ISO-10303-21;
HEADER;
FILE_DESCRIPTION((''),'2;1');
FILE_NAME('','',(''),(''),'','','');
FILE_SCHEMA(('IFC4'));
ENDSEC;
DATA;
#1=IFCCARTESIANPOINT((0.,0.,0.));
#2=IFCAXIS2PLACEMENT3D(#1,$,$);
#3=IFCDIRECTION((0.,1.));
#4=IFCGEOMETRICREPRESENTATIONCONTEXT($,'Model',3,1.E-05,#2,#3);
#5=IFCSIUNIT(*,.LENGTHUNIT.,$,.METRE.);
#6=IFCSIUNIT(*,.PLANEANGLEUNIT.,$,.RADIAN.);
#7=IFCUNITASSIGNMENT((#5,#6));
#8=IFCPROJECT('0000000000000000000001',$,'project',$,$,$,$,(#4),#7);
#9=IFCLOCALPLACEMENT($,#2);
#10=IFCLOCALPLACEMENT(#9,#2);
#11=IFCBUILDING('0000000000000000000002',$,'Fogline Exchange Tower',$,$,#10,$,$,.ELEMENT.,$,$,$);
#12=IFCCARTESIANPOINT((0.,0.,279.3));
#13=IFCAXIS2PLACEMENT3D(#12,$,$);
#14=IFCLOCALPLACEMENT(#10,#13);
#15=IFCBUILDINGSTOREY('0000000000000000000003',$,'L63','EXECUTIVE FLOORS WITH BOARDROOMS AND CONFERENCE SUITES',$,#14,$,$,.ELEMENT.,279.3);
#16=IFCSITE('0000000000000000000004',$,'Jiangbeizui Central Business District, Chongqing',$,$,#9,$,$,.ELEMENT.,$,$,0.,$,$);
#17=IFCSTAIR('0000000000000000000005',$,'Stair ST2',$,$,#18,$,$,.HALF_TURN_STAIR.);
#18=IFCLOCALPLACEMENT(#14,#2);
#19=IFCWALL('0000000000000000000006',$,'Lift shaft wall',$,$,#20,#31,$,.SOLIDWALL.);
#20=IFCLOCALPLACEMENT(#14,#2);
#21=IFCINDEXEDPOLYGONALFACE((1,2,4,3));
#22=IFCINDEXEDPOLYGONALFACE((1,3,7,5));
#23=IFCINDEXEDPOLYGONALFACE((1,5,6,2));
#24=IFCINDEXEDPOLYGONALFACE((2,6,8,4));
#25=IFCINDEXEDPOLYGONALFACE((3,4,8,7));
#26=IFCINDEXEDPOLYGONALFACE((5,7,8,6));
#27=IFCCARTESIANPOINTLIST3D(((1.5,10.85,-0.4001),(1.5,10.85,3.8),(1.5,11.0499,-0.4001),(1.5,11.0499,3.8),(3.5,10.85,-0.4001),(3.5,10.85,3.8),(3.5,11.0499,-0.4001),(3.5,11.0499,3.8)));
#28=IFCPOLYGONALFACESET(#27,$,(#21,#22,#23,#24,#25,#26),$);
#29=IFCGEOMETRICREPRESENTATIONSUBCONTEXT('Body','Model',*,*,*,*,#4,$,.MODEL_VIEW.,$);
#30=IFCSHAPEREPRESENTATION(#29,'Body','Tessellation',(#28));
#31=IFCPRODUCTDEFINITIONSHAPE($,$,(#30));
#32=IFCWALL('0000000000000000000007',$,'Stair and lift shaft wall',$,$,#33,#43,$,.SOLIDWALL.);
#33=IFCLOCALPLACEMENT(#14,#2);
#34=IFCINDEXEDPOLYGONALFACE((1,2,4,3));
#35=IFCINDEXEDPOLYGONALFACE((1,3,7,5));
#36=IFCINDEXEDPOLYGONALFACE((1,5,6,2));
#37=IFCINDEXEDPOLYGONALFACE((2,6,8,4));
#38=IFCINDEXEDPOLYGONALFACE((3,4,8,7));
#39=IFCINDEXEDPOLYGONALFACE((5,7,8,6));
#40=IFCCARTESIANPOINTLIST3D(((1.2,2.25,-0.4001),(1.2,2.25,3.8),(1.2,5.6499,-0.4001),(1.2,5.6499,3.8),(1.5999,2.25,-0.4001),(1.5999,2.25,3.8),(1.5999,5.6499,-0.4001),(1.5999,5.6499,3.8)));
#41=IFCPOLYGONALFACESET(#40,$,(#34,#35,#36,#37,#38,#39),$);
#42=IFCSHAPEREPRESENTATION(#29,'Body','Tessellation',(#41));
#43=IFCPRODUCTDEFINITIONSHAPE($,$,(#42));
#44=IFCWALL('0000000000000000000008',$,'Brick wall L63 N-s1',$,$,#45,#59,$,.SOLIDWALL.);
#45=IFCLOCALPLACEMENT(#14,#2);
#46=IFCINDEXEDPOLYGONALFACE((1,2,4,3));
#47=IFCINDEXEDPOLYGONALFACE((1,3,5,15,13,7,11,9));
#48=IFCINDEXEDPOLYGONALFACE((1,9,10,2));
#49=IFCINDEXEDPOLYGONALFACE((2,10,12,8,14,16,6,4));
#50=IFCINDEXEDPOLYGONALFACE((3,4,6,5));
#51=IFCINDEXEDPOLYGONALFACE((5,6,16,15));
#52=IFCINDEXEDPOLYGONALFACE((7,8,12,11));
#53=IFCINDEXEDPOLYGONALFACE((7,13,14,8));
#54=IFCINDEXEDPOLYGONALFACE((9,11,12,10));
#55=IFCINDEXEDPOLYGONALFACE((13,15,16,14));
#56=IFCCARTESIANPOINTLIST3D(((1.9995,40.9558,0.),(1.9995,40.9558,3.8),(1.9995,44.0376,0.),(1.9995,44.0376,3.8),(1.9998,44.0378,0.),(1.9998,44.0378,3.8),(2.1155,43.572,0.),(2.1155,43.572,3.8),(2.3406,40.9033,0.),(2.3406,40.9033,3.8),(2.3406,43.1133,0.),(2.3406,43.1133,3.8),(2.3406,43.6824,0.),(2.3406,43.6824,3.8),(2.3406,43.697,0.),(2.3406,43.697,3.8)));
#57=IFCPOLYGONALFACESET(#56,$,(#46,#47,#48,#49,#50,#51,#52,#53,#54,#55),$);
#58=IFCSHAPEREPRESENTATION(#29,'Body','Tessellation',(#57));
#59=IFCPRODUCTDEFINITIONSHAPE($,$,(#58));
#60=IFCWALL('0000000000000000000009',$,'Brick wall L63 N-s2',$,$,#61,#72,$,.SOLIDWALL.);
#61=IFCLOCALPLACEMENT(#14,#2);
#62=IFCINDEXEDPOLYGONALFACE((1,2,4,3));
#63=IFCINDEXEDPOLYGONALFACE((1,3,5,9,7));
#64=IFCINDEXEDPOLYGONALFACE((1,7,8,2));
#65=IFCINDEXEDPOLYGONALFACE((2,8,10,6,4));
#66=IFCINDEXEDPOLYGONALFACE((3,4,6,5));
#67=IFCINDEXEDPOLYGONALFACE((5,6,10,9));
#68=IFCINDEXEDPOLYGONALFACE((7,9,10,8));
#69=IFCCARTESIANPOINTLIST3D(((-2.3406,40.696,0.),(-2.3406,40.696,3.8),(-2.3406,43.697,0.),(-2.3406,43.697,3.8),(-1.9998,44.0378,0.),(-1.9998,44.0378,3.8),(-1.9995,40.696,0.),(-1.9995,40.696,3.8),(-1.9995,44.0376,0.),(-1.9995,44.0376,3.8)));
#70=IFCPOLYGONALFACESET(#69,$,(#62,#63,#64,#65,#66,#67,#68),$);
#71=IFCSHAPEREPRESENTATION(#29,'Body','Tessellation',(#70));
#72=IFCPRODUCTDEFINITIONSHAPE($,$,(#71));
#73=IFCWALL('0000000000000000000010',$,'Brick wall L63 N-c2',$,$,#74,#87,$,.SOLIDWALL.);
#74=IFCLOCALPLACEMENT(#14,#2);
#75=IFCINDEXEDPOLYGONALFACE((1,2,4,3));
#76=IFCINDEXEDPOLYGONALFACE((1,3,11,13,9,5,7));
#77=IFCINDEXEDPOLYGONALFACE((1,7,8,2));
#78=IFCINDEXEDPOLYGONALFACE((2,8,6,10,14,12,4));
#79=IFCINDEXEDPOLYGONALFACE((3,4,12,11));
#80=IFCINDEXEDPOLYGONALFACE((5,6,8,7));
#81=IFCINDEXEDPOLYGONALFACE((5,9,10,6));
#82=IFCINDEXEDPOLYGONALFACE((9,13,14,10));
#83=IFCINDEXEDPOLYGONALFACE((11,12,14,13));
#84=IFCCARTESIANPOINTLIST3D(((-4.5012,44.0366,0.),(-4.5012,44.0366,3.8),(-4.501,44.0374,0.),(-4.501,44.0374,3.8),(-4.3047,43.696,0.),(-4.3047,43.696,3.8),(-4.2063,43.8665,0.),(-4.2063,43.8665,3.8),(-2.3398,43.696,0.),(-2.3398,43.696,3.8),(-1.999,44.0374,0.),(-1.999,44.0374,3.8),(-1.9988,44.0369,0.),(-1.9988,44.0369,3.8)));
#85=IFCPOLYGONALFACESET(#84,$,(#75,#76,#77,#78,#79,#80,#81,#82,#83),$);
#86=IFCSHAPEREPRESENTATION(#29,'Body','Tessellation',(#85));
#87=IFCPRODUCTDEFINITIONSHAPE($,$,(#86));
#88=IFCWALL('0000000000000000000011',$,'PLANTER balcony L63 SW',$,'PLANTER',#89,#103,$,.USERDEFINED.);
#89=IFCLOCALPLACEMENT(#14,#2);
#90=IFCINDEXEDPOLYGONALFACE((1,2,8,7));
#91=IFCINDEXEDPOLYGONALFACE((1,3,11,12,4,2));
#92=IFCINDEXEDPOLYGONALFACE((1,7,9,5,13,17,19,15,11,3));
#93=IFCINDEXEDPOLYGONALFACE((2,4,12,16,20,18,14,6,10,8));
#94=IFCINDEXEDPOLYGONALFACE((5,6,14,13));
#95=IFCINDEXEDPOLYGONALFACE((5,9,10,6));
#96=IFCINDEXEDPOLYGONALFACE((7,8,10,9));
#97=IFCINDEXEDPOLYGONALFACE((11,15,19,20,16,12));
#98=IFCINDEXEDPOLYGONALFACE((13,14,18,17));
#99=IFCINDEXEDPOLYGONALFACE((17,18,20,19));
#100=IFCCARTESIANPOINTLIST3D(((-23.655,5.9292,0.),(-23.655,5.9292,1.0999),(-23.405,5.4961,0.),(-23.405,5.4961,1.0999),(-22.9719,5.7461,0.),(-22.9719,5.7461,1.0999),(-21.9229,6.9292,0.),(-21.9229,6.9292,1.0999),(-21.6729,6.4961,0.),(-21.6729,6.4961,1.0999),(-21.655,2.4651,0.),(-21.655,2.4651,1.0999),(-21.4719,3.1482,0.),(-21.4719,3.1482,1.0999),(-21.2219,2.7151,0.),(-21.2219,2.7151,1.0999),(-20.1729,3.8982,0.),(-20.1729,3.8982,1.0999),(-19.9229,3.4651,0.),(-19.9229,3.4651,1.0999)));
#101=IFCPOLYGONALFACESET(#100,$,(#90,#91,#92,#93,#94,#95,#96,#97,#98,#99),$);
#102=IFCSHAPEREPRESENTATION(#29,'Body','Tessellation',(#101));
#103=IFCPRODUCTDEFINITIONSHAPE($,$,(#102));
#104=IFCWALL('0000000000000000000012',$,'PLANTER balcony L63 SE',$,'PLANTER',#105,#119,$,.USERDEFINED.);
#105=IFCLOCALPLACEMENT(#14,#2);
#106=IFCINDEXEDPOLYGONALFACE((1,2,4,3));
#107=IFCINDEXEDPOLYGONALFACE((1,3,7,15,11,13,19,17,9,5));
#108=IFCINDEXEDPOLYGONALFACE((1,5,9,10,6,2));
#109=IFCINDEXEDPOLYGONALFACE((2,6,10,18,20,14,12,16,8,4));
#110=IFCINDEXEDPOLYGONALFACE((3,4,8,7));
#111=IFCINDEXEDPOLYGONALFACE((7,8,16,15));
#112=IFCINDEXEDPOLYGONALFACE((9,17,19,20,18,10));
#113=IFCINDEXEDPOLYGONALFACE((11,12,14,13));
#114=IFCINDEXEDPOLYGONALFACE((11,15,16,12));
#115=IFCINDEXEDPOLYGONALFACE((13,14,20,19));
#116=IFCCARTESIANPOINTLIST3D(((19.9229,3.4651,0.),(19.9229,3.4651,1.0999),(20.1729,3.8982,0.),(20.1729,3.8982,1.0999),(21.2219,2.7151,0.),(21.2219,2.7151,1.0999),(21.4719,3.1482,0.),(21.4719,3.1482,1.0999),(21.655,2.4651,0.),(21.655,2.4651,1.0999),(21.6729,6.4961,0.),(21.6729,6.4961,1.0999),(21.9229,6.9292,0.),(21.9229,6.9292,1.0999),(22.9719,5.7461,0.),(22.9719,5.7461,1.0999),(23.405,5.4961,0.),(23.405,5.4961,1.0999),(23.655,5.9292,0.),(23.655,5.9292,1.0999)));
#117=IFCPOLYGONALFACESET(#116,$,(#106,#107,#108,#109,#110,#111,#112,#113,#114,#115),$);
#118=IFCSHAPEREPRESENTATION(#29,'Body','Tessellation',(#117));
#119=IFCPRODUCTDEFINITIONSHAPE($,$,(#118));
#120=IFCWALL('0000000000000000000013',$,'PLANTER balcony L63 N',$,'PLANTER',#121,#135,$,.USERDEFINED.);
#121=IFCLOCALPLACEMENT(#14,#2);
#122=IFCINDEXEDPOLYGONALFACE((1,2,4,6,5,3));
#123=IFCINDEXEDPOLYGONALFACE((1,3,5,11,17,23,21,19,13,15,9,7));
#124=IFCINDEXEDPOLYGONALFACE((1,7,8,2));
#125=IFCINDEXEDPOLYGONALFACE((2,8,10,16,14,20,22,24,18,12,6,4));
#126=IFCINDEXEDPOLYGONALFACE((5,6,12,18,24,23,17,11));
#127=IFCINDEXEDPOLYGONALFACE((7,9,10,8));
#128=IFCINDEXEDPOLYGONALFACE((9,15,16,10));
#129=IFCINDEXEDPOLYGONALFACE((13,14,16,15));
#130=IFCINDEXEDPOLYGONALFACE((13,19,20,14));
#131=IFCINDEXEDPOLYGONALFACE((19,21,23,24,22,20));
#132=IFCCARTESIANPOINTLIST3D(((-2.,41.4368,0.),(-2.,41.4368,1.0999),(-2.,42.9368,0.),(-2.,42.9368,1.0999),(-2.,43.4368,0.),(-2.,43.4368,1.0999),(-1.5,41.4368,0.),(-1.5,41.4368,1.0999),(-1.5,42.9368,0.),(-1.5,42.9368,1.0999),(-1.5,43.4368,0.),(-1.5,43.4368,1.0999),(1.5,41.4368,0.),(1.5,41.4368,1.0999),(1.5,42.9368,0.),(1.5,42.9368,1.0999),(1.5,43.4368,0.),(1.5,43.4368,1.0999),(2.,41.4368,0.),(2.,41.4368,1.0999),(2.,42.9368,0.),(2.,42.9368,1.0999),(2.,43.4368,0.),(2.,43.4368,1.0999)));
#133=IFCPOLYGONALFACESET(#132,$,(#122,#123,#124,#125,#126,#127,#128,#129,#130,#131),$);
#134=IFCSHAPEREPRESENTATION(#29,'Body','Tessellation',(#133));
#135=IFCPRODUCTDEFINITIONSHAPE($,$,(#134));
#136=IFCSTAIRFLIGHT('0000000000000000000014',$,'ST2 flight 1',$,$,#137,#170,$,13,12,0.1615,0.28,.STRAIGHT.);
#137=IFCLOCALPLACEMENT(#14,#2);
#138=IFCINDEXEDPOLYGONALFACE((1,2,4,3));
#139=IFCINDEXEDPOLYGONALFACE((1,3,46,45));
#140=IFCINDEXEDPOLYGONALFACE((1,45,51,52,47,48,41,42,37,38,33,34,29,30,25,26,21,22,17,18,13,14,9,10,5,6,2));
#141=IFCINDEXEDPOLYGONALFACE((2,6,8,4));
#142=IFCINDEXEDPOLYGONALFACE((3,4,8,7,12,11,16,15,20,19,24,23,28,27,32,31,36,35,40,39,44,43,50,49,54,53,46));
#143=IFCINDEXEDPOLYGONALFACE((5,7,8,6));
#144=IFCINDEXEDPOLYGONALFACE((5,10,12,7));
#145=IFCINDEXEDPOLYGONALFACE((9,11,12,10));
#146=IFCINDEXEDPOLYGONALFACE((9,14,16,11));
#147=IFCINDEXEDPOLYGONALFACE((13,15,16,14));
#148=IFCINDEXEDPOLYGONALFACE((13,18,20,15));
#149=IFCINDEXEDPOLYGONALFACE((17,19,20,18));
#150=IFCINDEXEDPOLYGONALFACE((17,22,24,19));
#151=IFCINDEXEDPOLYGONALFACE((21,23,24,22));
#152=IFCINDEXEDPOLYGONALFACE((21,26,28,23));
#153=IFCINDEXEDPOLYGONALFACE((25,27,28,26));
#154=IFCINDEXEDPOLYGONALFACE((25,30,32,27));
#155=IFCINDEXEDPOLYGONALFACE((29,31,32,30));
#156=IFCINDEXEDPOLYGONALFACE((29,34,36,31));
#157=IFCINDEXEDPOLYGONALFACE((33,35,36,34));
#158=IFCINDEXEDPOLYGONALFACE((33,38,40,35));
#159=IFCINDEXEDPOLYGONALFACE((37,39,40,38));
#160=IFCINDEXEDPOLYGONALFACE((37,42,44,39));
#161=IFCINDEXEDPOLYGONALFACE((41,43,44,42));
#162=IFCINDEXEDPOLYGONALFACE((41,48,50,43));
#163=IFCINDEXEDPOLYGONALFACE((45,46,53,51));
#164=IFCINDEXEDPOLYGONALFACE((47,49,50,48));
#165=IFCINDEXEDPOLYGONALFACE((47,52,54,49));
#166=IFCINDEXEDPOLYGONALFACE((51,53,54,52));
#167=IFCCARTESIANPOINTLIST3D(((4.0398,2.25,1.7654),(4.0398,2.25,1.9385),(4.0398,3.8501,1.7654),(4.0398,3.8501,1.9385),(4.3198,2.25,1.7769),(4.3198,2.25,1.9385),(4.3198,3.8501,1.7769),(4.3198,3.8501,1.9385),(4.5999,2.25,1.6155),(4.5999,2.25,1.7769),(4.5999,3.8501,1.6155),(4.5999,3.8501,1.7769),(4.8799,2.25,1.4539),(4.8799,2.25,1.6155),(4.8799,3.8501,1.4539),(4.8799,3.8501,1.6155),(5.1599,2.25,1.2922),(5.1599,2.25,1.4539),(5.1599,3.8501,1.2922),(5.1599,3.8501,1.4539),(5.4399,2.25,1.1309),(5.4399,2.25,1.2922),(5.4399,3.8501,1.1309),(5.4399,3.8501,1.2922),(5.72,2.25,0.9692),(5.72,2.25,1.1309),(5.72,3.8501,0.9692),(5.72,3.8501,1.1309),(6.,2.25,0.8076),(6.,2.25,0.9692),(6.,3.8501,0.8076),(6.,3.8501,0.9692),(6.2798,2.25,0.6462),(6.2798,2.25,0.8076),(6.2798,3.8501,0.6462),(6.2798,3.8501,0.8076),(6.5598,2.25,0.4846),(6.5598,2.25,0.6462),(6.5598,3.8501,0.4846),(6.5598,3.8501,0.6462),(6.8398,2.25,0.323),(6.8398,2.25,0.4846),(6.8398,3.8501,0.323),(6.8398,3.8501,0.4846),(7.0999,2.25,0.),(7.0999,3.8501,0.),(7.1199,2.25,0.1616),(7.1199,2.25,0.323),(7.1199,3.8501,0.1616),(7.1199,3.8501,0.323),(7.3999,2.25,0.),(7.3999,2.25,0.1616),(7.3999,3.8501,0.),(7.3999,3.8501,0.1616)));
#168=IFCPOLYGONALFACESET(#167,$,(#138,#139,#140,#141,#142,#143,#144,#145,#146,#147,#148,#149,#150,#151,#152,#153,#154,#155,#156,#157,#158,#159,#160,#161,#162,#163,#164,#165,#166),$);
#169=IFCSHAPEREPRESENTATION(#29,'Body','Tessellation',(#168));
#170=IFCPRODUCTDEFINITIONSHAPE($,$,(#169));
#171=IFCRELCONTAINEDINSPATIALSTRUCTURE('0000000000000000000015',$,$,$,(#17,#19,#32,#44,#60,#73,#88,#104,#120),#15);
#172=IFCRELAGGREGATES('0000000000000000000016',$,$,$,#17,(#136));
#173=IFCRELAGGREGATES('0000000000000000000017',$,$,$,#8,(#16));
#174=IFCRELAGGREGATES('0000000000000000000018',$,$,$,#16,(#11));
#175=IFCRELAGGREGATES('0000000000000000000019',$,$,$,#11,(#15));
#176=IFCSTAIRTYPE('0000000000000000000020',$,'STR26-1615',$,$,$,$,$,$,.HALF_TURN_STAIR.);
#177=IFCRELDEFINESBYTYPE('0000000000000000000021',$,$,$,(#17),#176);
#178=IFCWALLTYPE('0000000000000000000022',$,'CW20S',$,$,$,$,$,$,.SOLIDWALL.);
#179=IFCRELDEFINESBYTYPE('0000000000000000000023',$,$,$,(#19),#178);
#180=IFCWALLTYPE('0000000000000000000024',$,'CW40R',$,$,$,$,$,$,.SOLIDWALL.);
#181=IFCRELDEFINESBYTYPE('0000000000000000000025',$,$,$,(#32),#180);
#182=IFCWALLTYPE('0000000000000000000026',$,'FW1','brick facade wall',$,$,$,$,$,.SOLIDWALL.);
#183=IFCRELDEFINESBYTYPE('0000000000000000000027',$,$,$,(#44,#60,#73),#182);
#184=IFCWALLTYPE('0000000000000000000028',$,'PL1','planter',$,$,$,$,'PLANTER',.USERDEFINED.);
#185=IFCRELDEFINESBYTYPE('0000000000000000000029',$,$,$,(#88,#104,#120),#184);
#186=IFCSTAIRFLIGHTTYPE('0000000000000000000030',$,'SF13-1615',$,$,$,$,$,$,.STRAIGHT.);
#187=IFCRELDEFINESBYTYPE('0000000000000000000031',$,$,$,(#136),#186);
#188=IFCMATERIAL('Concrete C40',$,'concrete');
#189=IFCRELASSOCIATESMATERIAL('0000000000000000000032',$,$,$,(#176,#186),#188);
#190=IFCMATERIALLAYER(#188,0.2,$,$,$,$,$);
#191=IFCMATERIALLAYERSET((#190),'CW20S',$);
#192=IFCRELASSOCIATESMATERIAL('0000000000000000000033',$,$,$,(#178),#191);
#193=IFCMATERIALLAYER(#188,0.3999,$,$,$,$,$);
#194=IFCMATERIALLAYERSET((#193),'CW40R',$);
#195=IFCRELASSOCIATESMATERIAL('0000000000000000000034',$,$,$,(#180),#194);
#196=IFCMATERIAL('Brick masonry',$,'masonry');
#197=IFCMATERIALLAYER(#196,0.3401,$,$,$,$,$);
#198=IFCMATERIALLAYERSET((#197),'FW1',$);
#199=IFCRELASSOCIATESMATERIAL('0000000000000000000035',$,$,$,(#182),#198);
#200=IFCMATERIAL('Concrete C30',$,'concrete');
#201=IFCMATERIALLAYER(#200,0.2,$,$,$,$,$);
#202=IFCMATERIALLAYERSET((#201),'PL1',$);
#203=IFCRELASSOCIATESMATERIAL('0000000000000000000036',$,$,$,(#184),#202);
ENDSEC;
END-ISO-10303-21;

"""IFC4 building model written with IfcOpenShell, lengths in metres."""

from ifc_helpers import new_model, si_unit, direction, frame, frame_2d, origin, place, context, subcontext, project, spatial, polyline, rectangle, outline, extrude, material, layer, layer_set, type_object, element, aggregate, save


model = new_model("IFC4")

# Units and contexts
model_context = context("Model", 3, precision=1e-05, world=origin(), true_north=direction((0.0, 1.0)))
body_context = subcontext(model_context, "Body", "Model", "MODEL_VIEW")
ifc_project = project(units=[si_unit("LENGTHUNIT", "METRE"), si_unit("PLANEANGLEUNIT", "RADIAN")], contexts=[model_context])

# Site, building, storey
site_placement = place(None, origin())
site = spatial("IfcSite", under=ifc_project, at=site_placement, Name="Jiangbeizui Central Business District, Chongqing", CompositionType="ELEMENT", RefElevation=0.0)
building_placement = place(site_placement, origin())
building = spatial("IfcBuilding", under=site, at=building_placement, Name="Fogline Exchange Tower", CompositionType="ELEMENT")
storey_placement = place(building_placement, frame((0.0, 0.0, 279.3)))
storey = spatial("IfcBuildingStorey", under=building, at=storey_placement, Name="L63", Description="EXECUTIVE FLOORS WITH BOARDROOMS AND CONFERENCE SUITES", CompositionType="ELEMENT", Elevation=279.3)

# Shared definitions
ifc_material_1 = material(Name="Concrete C40", Category="concrete")

# Stair
stair_type = type_object("IfcStairType", Name="STR26-1615", PredefinedType="HALF_TURN_STAIR", material=ifc_material_1)
stair_1_placement = place(storey_placement, origin())
stair_1 = element("IfcStair", 1, at=stair_1_placement, inside=storey, type_object=stair_type, Name="Stair ST2", PredefinedType="HALF_TURN_STAIR")

# Shared definitions
ifc_layer_1 = layer(ifc_material_1, 0.2)
ifc_layer_set_1 = layer_set([ifc_layer_1], Name="CW20S")
wall_type_1 = type_object("IfcWallType", Name="CW20S", PredefinedType="SOLIDWALL", material=ifc_layer_set_1)

# Walls
wall_1_placement = place(storey_placement, frame((1.5, 10.95, -0.4001), z_axis=(0.0, 0.0, 1.0), x_axis=(1.0, 0.0, 0.0)))
element("IfcWall", 2, at=wall_1_placement, inside=storey, type_object=wall_type_1, Name="Lift shaft wall", PredefinedType="SOLIDWALL", context=body_context, shape_type="SweptSolid", body=[
    extrude(rectangle(XDim=2.0, YDim=0.2, at=frame_2d((1.0, 0.0))), origin(), (0.0, 0.0, 1.0), 4.2002),
])
ifc_layer_2 = layer(ifc_material_1, 0.3999)
ifc_layer_set_2 = layer_set([ifc_layer_2], Name="CW40R")
wall_type_2 = type_object("IfcWallType", Name="CW40R", PredefinedType="SOLIDWALL", material=ifc_layer_set_2)
wall_2_placement = place(storey_placement, frame((1.3999, 2.25, -0.4001), z_axis=(0.0, 0.0, 1.0), x_axis=(0.0, 1.0, 0.0)))
element("IfcWall", 3, at=wall_2_placement, inside=storey, type_object=wall_type_2, Name="Stair and lift shaft wall", PredefinedType="SOLIDWALL", context=body_context, shape_type="SweptSolid", body=[
    extrude(rectangle(XDim=3.3999, YDim=0.3999, at=frame_2d((1.7, 0.0))), origin(), (0.0, 0.0, 1.0), 4.2002),
])
ifc_material_2 = material(Name="Brick masonry", Category="masonry")
ifc_layer_3 = layer(ifc_material_2, 0.3401)
ifc_layer_set_3 = layer_set([ifc_layer_3], Name="FW1")
wall_type_3 = type_object("IfcWallType", Name="FW1", Description="brick facade wall", PredefinedType="SOLIDWALL", material=ifc_layer_set_3)
wall_3_placement = place(storey_placement, origin())
element("IfcWall", 4, at=wall_3_placement, inside=storey, type_object=wall_type_3, Name="Brick wall L63 N-s1", PredefinedType="SOLIDWALL", context=body_context, shape_type="SweptSolid", body=[
    extrude(outline(polyline([(1.9995, 44.0376), (1.9998, 44.0378), (2.3406, 43.697), (2.3406, 43.6824), (2.1155, 43.572), (2.3406, 43.1133), (2.3406, 40.9033), (1.9995, 40.9558), (1.9995, 44.0376)])), origin(), (0.0, 0.0, 1.0), 3.8),
])
wall_4_placement = place(storey_placement, origin())
element("IfcWall", 5, at=wall_4_placement, inside=storey, type_object=wall_type_3, Name="Brick wall L63 N-s2", PredefinedType="SOLIDWALL", context=body_context, shape_type="SweptSolid", body=[
    extrude(outline(polyline([(-1.9995, 44.0376), (-1.9995, 40.696), (-2.3406, 40.696), (-2.3406, 43.697), (-1.9998, 44.0378), (-1.9995, 44.0376)])), origin(), (0.0, 0.0, 1.0), 3.8),
])
wall_5_placement = place(storey_placement, origin())
element("IfcWall", 6, at=wall_5_placement, inside=storey, type_object=wall_type_3, Name="Brick wall L63 N-c2", PredefinedType="SOLIDWALL", context=body_context, shape_type="SweptSolid", body=[
    extrude(outline(polyline([(-4.3047, 43.696), (-4.2063, 43.8665), (-4.5012, 44.0366), (-4.501, 44.0374), (-1.999, 44.0374), (-1.9988, 44.0369), (-2.3398, 43.696), (-4.3047, 43.696)])), origin(), (0.0, 0.0, 1.0), 3.8),
])
ifc_material_3 = material(Name="Concrete C30", Category="concrete")
ifc_layer_4 = layer(ifc_material_3, 0.2)
ifc_layer_set_4 = layer_set([ifc_layer_4], Name="PL1")
wall_type_4 = type_object("IfcWallType", Name="PL1", Description="planter", ElementType="PLANTER", PredefinedType="USERDEFINED", material=ifc_layer_set_4)
wall_6_placement = place(storey_placement, origin())
element("IfcWall", 7, at=wall_6_placement, inside=storey, type_object=wall_type_4, Name="PLANTER balcony L63 SW", ObjectType="PLANTER", PredefinedType="USERDEFINED", context=body_context, shape_type="SweptSolid", body=[
    extrude(outline(polyline([(-20.1729, 3.8982), (-21.4719, 3.1482), (-22.9719, 5.7461), (-21.6729, 6.4961), (-21.9229, 6.9292), (-23.655, 5.9292), (-23.405, 5.4961), (-21.655, 2.4651), (-21.2219, 2.7151), (-21.2219, 2.7151), (-19.9229, 3.4651), (-20.1729, 3.8982)])), origin(), (0.0, 0.0, 1.0), 1.0999),
])
wall_7_placement = place(storey_placement, origin())
element("IfcWall", 8, at=wall_7_placement, inside=storey, type_object=wall_type_4, Name="PLANTER balcony L63 SE", ObjectType="PLANTER", PredefinedType="USERDEFINED", context=body_context, shape_type="SweptSolid", body=[
    extrude(outline(polyline([(19.9229, 3.4651), (21.2219, 2.7151), (21.2219, 2.7151), (21.655, 2.4651), (23.405, 5.4961), (23.655, 5.9292), (21.9229, 6.9292), (21.6729, 6.4961), (22.9719, 5.7461), (21.4719, 3.1482), (20.1729, 3.8982), (19.9229, 3.4651)])), origin(), (0.0, 0.0, 1.0), 1.0999),
])
wall_8_placement = place(storey_placement, origin())
element("IfcWall", 9, at=wall_8_placement, inside=storey, type_object=wall_type_4, Name="PLANTER balcony L63 N", ObjectType="PLANTER", PredefinedType="USERDEFINED", context=body_context, shape_type="SweptSolid", body=[
    extrude(outline(polyline([(-1.5, 43.4368), (-2.0, 43.4368), (-2.0, 42.9368), (-2.0, 41.4368), (-1.5, 41.4368), (-1.5, 42.9368), (1.5, 42.9368), (1.5, 41.4368), (2.0, 41.4368), (2.0, 42.9368), (2.0, 43.4368), (1.5, 43.4368), (-1.5, 43.4368)])), origin(), (0.0, 0.0, 1.0), 1.0999),
])

# Stair flight
stair_flight_type = type_object("IfcStairFlightType", Name="SF13-1615", PredefinedType="STRAIGHT", material=ifc_material_1)
stair_flight_1_placement = place(storey_placement, frame((7.3999, 3.05, 0.0), z_axis=(0.0, 0.0, 1.0), x_axis=(-1.0, 0.0, 0.0)))
stair_flight_1 = element("IfcStairFlight", 10, at=stair_flight_1_placement, type_object=stair_flight_type, Name="ST2 flight 1", NumberOfRisers=13, NumberOfTreads=12, PredefinedType="STRAIGHT", RiserHeight=0.1615, TreadLength=0.28, context=body_context, shape_type="SweptSolid", body=[
    extrude(outline(polyline([(0.0, 0.0), (0.0, 0.1616), (0.28, 0.1616), (0.28, 0.323), (0.5601, 0.323), (0.5601, 0.4846), (0.8401, 0.4846), (0.8401, 0.6462), (1.1201, 0.6462), (1.1201, 0.8076), (1.3999, 0.8076), (1.3999, 0.9692), (1.6799, 0.9692), (1.6799, 1.1309), (1.96, 1.1309), (1.96, 1.2922), (2.24, 1.2922), (2.24, 1.4539), (2.52, 1.4539), (2.52, 1.6155), (2.8, 1.6155), (2.8, 1.7769), (3.0801, 1.7769), (3.0801, 1.9385), (3.3601, 1.9385), (3.3601, 2.1001), (3.3601, 1.7654), (0.3, 0.0), (0.0, 0.0)])), frame((0.0, 0.8, 0.0), z_axis=(0.0, -1.0, 0.0), x_axis=(1.0, 0.0, 0.0)), (0.0, 0.0, 1.0), 1.6001),
])
aggregate(stair_1, [stair_flight_1])

save(model, "model.ifc")
